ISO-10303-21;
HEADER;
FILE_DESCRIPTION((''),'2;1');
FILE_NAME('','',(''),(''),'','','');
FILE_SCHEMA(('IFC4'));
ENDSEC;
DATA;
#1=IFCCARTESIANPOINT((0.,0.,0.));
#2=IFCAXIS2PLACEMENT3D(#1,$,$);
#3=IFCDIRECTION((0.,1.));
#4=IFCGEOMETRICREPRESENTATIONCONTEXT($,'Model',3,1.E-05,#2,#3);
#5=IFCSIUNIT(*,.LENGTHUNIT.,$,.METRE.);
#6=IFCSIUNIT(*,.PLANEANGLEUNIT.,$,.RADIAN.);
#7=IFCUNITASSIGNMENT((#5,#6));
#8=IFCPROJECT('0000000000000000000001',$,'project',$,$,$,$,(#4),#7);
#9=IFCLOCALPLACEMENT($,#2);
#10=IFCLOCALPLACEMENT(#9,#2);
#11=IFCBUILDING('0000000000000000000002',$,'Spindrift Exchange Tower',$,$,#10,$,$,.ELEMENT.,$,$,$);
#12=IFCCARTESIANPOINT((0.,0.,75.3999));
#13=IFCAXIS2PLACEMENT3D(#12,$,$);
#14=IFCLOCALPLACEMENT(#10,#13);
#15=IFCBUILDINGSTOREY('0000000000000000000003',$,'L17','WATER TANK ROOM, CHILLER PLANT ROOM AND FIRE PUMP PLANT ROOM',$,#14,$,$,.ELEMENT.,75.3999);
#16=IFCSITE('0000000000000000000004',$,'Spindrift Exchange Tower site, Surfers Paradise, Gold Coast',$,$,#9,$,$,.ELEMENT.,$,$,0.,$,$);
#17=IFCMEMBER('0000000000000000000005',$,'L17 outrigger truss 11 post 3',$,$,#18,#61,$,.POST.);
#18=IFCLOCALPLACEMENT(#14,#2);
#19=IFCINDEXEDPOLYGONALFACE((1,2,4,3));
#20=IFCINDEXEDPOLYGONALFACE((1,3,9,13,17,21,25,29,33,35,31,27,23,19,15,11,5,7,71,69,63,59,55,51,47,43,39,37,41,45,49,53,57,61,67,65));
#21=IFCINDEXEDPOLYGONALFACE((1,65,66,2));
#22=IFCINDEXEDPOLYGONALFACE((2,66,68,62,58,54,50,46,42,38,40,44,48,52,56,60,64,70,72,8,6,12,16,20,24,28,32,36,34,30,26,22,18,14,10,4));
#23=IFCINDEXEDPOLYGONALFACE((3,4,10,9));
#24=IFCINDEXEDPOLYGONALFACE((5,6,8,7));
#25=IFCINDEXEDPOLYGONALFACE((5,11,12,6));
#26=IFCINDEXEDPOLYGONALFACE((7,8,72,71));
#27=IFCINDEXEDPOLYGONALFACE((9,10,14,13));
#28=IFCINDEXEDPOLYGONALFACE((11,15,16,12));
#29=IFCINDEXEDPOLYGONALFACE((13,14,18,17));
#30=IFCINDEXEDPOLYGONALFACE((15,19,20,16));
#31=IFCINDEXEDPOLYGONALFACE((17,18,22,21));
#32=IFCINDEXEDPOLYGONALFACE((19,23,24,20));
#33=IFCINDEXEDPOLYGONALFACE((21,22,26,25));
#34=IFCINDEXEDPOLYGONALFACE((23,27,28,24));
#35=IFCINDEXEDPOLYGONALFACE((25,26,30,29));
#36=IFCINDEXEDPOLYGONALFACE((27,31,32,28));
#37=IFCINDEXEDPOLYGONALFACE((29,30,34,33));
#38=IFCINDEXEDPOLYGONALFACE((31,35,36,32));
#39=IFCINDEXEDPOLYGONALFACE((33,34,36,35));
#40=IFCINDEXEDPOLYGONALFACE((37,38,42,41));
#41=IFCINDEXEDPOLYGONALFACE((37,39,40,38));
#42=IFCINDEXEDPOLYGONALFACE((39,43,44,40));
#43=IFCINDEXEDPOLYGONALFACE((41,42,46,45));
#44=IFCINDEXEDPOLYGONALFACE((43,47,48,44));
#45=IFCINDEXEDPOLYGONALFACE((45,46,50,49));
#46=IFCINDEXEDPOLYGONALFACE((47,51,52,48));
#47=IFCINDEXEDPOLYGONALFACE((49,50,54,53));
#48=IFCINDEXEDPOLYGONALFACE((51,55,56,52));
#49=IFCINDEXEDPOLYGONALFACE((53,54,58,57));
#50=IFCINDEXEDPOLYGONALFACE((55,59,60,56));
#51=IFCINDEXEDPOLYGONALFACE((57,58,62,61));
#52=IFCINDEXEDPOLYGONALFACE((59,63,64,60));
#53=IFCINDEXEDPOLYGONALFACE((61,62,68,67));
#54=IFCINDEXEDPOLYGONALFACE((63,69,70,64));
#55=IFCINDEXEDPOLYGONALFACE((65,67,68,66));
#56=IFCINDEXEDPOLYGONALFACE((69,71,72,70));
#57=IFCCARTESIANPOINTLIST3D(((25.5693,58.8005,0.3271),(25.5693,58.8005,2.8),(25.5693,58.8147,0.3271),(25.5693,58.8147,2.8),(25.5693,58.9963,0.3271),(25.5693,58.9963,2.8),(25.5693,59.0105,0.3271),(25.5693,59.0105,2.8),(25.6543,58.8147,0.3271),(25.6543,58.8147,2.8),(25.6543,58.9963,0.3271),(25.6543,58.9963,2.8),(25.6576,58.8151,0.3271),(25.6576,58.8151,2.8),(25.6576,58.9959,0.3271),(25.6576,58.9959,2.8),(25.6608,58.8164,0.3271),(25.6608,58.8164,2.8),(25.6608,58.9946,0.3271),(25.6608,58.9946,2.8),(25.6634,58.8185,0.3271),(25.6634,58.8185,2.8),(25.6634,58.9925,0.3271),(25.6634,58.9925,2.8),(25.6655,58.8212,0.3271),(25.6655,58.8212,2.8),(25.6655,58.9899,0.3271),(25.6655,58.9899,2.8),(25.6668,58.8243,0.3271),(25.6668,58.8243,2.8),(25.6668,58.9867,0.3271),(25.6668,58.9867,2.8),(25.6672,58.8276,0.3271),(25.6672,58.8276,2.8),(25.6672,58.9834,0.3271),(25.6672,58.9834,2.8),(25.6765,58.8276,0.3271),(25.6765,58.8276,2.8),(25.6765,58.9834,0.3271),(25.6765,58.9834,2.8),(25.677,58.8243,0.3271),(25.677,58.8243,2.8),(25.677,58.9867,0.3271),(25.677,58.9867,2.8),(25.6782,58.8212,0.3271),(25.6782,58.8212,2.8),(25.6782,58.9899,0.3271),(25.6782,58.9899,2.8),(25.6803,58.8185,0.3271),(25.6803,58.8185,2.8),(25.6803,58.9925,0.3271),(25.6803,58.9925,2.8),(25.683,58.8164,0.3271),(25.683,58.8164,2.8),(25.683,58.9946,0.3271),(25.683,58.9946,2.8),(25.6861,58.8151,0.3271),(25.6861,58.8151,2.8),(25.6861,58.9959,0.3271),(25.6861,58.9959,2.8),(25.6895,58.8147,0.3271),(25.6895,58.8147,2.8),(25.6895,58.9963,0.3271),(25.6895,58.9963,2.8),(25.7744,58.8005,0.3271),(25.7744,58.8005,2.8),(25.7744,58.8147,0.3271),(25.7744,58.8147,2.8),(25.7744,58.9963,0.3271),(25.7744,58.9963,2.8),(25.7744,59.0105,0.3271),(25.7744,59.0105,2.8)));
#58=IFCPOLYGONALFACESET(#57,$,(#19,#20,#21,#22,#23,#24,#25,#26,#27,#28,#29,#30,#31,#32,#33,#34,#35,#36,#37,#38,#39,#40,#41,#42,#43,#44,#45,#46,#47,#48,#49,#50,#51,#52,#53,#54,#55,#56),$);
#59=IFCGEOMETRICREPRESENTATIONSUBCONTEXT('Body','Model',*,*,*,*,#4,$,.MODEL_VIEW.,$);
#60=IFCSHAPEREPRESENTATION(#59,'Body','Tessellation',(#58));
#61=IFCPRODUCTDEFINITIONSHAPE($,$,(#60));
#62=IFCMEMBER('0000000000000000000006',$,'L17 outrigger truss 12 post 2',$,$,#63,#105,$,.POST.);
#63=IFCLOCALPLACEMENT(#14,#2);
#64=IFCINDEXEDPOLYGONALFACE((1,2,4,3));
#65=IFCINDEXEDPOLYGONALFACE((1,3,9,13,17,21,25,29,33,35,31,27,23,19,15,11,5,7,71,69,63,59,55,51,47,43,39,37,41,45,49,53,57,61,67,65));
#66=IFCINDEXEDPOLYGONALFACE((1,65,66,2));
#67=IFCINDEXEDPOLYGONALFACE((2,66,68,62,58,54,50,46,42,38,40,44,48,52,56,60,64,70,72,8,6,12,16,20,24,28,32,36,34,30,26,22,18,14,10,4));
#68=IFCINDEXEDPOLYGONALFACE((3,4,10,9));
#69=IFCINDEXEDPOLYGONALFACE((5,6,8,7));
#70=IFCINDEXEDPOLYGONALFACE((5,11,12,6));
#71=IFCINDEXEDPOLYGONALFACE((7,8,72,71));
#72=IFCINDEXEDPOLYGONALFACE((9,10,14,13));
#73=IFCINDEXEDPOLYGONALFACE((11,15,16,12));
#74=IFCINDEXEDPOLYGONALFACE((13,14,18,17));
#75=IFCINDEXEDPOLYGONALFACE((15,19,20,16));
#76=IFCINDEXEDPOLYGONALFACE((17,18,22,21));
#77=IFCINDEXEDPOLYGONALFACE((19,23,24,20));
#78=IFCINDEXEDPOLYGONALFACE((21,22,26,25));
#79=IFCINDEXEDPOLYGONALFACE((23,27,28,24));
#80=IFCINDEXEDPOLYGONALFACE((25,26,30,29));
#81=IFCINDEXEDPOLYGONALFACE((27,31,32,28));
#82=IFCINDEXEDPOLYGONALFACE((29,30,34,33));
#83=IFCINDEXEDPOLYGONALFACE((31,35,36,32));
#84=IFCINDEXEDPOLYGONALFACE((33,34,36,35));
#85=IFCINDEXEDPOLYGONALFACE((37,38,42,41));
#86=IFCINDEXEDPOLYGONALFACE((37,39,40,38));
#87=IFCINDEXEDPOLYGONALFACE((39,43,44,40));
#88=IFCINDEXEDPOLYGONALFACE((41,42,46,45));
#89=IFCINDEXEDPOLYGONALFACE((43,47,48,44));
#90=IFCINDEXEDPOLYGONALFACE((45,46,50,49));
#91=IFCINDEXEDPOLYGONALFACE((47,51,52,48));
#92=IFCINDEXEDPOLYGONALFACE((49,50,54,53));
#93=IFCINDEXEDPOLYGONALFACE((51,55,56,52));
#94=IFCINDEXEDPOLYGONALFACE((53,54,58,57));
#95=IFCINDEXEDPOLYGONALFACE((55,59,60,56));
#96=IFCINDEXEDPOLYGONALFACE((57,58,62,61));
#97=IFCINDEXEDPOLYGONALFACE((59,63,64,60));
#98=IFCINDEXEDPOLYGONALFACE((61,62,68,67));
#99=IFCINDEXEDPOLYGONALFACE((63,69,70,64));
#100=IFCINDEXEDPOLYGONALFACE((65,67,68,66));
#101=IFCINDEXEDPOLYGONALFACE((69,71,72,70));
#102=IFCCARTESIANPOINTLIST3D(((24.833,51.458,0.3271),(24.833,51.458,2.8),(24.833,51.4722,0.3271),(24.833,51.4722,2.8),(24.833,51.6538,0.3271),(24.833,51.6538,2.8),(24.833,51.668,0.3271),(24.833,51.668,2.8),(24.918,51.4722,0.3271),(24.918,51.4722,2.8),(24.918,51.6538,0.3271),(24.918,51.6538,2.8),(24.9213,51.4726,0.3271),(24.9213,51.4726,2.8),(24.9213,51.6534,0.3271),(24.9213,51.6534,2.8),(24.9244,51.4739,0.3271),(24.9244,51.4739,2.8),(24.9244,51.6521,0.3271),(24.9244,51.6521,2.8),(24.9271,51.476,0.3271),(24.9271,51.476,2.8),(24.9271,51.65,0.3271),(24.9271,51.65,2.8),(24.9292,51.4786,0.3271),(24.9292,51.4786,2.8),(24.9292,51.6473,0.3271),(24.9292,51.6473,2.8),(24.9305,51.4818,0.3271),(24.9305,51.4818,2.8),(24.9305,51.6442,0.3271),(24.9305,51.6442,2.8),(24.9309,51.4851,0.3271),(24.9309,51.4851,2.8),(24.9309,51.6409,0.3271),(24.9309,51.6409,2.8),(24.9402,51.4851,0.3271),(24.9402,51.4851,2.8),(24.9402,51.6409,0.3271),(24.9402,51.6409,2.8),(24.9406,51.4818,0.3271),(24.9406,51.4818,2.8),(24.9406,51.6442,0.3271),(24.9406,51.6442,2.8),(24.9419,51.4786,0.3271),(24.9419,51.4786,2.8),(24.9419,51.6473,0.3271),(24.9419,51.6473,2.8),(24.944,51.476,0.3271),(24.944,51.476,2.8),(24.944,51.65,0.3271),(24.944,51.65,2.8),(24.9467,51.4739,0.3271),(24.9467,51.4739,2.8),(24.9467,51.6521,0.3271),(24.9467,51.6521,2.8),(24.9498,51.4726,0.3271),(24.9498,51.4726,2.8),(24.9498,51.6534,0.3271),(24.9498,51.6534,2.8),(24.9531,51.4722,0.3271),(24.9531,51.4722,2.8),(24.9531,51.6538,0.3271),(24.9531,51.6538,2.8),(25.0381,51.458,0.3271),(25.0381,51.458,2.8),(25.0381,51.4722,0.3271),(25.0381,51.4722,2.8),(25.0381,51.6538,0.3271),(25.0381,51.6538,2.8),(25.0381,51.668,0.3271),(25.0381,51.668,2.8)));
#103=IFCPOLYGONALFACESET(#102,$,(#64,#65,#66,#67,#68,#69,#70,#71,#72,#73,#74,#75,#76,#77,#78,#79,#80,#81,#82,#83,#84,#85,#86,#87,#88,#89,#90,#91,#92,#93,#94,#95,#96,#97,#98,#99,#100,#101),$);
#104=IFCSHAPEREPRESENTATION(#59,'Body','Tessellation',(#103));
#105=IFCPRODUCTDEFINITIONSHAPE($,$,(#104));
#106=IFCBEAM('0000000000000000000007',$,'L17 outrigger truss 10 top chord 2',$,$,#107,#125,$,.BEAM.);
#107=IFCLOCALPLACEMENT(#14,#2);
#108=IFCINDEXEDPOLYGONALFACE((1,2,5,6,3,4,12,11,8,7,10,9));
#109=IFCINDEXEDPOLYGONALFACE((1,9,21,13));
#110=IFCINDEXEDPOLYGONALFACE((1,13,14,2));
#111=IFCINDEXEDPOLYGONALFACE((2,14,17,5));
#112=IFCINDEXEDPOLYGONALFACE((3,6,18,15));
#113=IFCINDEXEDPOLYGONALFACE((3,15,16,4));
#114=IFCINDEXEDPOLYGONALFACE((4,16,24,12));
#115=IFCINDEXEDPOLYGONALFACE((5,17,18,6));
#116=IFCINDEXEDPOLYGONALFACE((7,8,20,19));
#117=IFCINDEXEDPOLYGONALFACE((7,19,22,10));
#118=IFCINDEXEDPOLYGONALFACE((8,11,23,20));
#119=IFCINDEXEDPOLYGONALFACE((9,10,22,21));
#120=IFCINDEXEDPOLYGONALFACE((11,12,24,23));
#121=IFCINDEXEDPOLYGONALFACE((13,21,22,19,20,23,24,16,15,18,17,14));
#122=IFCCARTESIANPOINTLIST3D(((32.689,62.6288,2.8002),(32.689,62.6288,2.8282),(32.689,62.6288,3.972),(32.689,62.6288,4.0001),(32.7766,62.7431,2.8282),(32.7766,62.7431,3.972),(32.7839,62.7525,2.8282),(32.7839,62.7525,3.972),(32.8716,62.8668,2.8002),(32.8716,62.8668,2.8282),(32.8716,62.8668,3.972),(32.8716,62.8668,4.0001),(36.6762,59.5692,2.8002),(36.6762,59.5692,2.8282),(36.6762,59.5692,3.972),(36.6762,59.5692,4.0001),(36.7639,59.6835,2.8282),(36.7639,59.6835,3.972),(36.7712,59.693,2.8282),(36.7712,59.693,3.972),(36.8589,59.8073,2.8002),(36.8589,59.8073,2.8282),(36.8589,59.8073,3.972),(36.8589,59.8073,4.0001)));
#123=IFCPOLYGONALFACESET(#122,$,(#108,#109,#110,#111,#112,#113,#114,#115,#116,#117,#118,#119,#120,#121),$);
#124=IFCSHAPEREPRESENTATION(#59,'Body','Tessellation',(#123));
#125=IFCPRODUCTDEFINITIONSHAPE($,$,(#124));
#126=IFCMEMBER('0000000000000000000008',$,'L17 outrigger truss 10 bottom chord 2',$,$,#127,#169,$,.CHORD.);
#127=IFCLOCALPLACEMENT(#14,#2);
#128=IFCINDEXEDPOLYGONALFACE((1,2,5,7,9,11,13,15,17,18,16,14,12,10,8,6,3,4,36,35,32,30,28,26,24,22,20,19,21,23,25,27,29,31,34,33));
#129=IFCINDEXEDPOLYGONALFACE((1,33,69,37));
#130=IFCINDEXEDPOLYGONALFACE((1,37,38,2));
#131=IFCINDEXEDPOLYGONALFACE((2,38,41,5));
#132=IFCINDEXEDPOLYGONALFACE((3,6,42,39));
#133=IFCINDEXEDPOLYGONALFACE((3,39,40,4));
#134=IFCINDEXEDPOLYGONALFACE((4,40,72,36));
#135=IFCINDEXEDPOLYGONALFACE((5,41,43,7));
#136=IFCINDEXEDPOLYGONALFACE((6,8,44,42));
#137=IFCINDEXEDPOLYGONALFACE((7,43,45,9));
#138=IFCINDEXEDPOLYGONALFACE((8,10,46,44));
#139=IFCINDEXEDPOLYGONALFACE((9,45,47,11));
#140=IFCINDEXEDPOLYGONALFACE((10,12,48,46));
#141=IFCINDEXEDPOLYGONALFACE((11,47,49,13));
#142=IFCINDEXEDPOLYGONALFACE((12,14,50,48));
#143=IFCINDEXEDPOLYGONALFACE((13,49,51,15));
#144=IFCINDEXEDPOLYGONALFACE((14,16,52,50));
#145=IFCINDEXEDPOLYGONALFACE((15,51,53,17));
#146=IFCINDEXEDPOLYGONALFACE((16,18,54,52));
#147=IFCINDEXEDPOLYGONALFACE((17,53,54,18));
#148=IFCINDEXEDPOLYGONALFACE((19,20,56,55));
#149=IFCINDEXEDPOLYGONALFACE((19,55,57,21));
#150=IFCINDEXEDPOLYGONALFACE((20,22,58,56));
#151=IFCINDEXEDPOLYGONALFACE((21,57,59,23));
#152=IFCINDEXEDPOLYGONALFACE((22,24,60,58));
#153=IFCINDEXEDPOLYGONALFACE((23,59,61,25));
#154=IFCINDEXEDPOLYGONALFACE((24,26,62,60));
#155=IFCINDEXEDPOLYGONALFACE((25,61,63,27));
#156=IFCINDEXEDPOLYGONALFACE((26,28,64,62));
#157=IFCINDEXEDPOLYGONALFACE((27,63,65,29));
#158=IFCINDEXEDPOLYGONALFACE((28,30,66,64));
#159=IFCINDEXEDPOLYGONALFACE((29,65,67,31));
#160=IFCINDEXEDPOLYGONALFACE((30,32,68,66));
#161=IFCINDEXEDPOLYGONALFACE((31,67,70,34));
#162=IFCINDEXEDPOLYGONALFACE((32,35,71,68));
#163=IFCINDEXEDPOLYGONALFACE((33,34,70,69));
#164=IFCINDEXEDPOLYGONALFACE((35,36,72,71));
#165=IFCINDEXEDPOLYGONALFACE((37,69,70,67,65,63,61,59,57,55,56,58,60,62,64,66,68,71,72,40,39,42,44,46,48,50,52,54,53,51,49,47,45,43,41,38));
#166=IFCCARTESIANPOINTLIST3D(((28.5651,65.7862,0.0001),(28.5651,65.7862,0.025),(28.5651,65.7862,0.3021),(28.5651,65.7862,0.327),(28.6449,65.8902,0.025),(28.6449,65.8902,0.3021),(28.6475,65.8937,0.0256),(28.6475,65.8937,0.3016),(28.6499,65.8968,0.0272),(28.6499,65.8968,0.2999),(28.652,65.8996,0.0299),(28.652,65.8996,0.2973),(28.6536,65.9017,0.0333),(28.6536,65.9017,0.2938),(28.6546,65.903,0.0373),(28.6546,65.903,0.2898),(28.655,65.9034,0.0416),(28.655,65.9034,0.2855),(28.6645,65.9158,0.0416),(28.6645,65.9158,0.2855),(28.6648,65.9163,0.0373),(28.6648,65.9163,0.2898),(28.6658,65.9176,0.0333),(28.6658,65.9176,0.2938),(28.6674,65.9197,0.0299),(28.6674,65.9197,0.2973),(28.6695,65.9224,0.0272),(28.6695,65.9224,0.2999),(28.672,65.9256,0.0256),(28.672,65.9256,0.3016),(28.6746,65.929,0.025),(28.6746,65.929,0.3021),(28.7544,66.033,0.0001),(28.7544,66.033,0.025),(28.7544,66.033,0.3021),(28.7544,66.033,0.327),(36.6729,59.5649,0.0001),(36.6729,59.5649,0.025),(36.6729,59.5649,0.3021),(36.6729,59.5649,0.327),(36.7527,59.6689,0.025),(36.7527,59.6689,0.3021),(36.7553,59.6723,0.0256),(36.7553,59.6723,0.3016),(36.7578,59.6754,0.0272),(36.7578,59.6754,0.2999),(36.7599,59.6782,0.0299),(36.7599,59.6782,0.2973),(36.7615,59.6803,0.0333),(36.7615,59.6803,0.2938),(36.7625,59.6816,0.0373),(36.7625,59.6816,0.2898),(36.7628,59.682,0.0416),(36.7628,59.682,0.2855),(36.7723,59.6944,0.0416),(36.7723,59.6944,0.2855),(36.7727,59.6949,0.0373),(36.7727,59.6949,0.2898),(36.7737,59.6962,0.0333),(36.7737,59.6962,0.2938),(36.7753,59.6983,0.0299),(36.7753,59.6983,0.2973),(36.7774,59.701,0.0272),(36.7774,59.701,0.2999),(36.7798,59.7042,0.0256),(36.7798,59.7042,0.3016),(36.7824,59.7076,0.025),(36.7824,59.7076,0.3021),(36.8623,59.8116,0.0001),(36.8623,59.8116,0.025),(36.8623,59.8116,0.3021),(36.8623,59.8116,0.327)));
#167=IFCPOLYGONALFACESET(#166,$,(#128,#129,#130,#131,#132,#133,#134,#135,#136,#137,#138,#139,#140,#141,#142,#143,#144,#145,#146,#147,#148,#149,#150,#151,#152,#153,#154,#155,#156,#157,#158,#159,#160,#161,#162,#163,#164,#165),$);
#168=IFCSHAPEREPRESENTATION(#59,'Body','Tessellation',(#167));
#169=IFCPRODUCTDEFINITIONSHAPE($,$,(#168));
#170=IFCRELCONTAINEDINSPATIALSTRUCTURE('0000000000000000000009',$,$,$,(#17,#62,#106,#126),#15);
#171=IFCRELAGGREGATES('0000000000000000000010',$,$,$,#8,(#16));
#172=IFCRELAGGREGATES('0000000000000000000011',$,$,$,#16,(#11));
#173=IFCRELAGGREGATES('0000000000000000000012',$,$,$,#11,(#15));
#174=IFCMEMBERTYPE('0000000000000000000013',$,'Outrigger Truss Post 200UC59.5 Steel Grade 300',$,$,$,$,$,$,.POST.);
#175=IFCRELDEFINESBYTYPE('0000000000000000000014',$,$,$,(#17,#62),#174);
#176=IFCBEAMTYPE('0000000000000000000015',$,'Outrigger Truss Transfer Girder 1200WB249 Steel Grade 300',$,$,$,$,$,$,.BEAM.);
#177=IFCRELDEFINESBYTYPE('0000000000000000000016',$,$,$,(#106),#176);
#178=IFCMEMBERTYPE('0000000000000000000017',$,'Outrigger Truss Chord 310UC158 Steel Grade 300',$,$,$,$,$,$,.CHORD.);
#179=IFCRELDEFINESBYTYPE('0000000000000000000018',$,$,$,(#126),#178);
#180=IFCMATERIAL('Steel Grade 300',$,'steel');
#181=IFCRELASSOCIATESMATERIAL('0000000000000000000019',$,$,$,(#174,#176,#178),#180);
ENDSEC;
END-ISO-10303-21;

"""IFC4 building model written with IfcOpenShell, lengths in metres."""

from ifc_helpers import new_model, si_unit, direction, frame, origin, origin_2d, place, context, subcontext, project, spatial, i_section, extrude, source, transform, mapped, material, material_profile, profile_set, type_object, element, save


model = new_model("IFC4")

# Units and contexts
model_context = context("Model", 3, precision=1e-05, world=origin(), true_north=direction((0.0, 1.0)))
body_context = subcontext(model_context, "Body", "Model", "MODEL_VIEW")
ifc_project = project(units=[si_unit("LENGTHUNIT", "METRE"), si_unit("PLANEANGLEUNIT", "RADIAN")], contexts=[model_context])

# Site, building, storey
site_placement = place(None, origin())
site = spatial("IfcSite", under=ifc_project, at=site_placement, Name="Spindrift Exchange Tower site, Surfers Paradise, Gold Coast", CompositionType="ELEMENT", RefElevation=0.0)
building_placement = place(site_placement, origin())
building = spatial("IfcBuilding", under=site, at=building_placement, Name="Spindrift Exchange Tower", CompositionType="ELEMENT")
storey_placement = place(building_placement, frame((0.0, 0.0, 75.3999)))
storey = spatial("IfcBuildingStorey", under=building, at=storey_placement, Name="L17", Description="WATER TANK ROOM, CHILLER PLANT ROOM AND FIRE PUMP PLANT ROOM", CompositionType="ELEMENT", Elevation=75.3999)

# Members
ifc_material_1 = material(Name="Steel Grade 300", Category="steel")
ifc_material_profile_1 = material_profile(ifc_material_1, i_section(OverallWidth=0.2051, OverallDepth=0.21, WebThickness=0.0093, FlangeThickness=0.0142, FilletRadius=0.0129, at=origin_2d()), Name="200UC59.5")
ifc_profile_set_1 = profile_set([ifc_material_profile_1], Name="Steel Grade 300")
member_type_1 = type_object("IfcMemberType", Name="Outrigger Truss Post 200UC59.5 Steel Grade 300", PredefinedType="POST", material=ifc_profile_set_1)
shared_shape_1 = source(origin(), body_context, "Body", "SweptSolid", [
    extrude(i_section(OverallWidth=0.2051, OverallDepth=0.21, WebThickness=0.0093, FlangeThickness=0.0142, FilletRadius=0.0129, at=origin_2d()), origin(), (0.0, 0.0, 1.0), 2.4729),
])
for number, where, z_axis, x_axis, name in (
    (1, (25.6719, 58.9055, 0.3271), (0.0, 0.0, 1.0), (1.0, 0.0, 0.0), "L17 outrigger truss 11 post 3"),
    (2, (24.9355, 51.563, 0.3271), (0.0, 0.0, 1.0), (1.0, 0.0, 0.0), "L17 outrigger truss 12 post 2"),
):
    element("IfcMember", number, at=place(storey_placement, frame(where, z_axis=z_axis, x_axis=x_axis)), inside=storey, type_object=member_type_1, Name=name, PredefinedType="POST", context=body_context, shape_type="MappedRepresentation", body=[
        mapped(shared_shape_1, transform((0.0, 0.0, 0.0), scale=1.0)),
    ])

# Beam
ifc_material_profile_2 = material_profile(ifc_material_1, i_section(OverallWidth=0.3, OverallDepth=1.2, WebThickness=0.012, FlangeThickness=0.0281, at=origin_2d()), Name="1200WB249")
ifc_profile_set_2 = profile_set([ifc_material_profile_2], Name="Steel Grade 300")
beam_type = type_object("IfcBeamType", Name="Outrigger Truss Transfer Girder 1200WB249 Steel Grade 300", PredefinedType="BEAM", material=ifc_profile_set_2)
shared_shape_2 = source(origin(), body_context, "Body", "SweptSolid", [
    extrude(i_section(OverallWidth=0.3, OverallDepth=1.2, WebThickness=0.012, FlangeThickness=0.0281, at=origin_2d()), origin(), (0.0, 0.0, 1.0), 5.0259),
])
beam_1_placement = place(storey_placement, frame((36.7676, 59.6882, 3.4001), z_axis=(-0.793353, 0.608762, 0.0), x_axis=(-0.608762, -0.793353, 0.0)))
element("IfcBeam", 3, at=beam_1_placement, inside=storey, type_object=beam_type, Name="L17 outrigger truss 10 top chord 2", PredefinedType="BEAM", context=body_context, shape_type="MappedRepresentation", body=[
    mapped(shared_shape_2, transform((0.0, 0.0, 0.0), scale=1.0)),
])

# Member
ifc_material_profile_3 = material_profile(ifc_material_1, i_section(OverallWidth=0.311, OverallDepth=0.3269, WebThickness=0.0156, FlangeThickness=0.0249, FilletRadius=0.0166, at=origin_2d()), Name="310UC158")
ifc_profile_set_3 = profile_set([ifc_material_profile_3], Name="Steel Grade 300")
member_type_2 = type_object("IfcMemberType", Name="Outrigger Truss Chord 310UC158 Steel Grade 300", PredefinedType="CHORD", material=ifc_profile_set_3)
shared_shape_3 = source(origin(), body_context, "Body", "SweptSolid", [
    extrude(i_section(OverallWidth=0.311, OverallDepth=0.3269, WebThickness=0.0156, FlangeThickness=0.0249, FilletRadius=0.0166, at=origin_2d()), origin(), (0.0, 0.0, 1.0), 10.2197),
])
member_1_placement = place(storey_placement, frame((36.7676, 59.6882, 0.1636), z_axis=(-0.793353, 0.608762, 0.0), x_axis=(-0.608762, -0.793353, 0.0)))
element("IfcMember", 4, at=member_1_placement, inside=storey, type_object=member_type_2, Name="L17 outrigger truss 10 bottom chord 2", PredefinedType="CHORD", context=body_context, shape_type="MappedRepresentation", body=[
    mapped(shared_shape_3, transform((0.0, 0.0, 0.0), scale=1.0)),
])

save(model, "model.ifc")
